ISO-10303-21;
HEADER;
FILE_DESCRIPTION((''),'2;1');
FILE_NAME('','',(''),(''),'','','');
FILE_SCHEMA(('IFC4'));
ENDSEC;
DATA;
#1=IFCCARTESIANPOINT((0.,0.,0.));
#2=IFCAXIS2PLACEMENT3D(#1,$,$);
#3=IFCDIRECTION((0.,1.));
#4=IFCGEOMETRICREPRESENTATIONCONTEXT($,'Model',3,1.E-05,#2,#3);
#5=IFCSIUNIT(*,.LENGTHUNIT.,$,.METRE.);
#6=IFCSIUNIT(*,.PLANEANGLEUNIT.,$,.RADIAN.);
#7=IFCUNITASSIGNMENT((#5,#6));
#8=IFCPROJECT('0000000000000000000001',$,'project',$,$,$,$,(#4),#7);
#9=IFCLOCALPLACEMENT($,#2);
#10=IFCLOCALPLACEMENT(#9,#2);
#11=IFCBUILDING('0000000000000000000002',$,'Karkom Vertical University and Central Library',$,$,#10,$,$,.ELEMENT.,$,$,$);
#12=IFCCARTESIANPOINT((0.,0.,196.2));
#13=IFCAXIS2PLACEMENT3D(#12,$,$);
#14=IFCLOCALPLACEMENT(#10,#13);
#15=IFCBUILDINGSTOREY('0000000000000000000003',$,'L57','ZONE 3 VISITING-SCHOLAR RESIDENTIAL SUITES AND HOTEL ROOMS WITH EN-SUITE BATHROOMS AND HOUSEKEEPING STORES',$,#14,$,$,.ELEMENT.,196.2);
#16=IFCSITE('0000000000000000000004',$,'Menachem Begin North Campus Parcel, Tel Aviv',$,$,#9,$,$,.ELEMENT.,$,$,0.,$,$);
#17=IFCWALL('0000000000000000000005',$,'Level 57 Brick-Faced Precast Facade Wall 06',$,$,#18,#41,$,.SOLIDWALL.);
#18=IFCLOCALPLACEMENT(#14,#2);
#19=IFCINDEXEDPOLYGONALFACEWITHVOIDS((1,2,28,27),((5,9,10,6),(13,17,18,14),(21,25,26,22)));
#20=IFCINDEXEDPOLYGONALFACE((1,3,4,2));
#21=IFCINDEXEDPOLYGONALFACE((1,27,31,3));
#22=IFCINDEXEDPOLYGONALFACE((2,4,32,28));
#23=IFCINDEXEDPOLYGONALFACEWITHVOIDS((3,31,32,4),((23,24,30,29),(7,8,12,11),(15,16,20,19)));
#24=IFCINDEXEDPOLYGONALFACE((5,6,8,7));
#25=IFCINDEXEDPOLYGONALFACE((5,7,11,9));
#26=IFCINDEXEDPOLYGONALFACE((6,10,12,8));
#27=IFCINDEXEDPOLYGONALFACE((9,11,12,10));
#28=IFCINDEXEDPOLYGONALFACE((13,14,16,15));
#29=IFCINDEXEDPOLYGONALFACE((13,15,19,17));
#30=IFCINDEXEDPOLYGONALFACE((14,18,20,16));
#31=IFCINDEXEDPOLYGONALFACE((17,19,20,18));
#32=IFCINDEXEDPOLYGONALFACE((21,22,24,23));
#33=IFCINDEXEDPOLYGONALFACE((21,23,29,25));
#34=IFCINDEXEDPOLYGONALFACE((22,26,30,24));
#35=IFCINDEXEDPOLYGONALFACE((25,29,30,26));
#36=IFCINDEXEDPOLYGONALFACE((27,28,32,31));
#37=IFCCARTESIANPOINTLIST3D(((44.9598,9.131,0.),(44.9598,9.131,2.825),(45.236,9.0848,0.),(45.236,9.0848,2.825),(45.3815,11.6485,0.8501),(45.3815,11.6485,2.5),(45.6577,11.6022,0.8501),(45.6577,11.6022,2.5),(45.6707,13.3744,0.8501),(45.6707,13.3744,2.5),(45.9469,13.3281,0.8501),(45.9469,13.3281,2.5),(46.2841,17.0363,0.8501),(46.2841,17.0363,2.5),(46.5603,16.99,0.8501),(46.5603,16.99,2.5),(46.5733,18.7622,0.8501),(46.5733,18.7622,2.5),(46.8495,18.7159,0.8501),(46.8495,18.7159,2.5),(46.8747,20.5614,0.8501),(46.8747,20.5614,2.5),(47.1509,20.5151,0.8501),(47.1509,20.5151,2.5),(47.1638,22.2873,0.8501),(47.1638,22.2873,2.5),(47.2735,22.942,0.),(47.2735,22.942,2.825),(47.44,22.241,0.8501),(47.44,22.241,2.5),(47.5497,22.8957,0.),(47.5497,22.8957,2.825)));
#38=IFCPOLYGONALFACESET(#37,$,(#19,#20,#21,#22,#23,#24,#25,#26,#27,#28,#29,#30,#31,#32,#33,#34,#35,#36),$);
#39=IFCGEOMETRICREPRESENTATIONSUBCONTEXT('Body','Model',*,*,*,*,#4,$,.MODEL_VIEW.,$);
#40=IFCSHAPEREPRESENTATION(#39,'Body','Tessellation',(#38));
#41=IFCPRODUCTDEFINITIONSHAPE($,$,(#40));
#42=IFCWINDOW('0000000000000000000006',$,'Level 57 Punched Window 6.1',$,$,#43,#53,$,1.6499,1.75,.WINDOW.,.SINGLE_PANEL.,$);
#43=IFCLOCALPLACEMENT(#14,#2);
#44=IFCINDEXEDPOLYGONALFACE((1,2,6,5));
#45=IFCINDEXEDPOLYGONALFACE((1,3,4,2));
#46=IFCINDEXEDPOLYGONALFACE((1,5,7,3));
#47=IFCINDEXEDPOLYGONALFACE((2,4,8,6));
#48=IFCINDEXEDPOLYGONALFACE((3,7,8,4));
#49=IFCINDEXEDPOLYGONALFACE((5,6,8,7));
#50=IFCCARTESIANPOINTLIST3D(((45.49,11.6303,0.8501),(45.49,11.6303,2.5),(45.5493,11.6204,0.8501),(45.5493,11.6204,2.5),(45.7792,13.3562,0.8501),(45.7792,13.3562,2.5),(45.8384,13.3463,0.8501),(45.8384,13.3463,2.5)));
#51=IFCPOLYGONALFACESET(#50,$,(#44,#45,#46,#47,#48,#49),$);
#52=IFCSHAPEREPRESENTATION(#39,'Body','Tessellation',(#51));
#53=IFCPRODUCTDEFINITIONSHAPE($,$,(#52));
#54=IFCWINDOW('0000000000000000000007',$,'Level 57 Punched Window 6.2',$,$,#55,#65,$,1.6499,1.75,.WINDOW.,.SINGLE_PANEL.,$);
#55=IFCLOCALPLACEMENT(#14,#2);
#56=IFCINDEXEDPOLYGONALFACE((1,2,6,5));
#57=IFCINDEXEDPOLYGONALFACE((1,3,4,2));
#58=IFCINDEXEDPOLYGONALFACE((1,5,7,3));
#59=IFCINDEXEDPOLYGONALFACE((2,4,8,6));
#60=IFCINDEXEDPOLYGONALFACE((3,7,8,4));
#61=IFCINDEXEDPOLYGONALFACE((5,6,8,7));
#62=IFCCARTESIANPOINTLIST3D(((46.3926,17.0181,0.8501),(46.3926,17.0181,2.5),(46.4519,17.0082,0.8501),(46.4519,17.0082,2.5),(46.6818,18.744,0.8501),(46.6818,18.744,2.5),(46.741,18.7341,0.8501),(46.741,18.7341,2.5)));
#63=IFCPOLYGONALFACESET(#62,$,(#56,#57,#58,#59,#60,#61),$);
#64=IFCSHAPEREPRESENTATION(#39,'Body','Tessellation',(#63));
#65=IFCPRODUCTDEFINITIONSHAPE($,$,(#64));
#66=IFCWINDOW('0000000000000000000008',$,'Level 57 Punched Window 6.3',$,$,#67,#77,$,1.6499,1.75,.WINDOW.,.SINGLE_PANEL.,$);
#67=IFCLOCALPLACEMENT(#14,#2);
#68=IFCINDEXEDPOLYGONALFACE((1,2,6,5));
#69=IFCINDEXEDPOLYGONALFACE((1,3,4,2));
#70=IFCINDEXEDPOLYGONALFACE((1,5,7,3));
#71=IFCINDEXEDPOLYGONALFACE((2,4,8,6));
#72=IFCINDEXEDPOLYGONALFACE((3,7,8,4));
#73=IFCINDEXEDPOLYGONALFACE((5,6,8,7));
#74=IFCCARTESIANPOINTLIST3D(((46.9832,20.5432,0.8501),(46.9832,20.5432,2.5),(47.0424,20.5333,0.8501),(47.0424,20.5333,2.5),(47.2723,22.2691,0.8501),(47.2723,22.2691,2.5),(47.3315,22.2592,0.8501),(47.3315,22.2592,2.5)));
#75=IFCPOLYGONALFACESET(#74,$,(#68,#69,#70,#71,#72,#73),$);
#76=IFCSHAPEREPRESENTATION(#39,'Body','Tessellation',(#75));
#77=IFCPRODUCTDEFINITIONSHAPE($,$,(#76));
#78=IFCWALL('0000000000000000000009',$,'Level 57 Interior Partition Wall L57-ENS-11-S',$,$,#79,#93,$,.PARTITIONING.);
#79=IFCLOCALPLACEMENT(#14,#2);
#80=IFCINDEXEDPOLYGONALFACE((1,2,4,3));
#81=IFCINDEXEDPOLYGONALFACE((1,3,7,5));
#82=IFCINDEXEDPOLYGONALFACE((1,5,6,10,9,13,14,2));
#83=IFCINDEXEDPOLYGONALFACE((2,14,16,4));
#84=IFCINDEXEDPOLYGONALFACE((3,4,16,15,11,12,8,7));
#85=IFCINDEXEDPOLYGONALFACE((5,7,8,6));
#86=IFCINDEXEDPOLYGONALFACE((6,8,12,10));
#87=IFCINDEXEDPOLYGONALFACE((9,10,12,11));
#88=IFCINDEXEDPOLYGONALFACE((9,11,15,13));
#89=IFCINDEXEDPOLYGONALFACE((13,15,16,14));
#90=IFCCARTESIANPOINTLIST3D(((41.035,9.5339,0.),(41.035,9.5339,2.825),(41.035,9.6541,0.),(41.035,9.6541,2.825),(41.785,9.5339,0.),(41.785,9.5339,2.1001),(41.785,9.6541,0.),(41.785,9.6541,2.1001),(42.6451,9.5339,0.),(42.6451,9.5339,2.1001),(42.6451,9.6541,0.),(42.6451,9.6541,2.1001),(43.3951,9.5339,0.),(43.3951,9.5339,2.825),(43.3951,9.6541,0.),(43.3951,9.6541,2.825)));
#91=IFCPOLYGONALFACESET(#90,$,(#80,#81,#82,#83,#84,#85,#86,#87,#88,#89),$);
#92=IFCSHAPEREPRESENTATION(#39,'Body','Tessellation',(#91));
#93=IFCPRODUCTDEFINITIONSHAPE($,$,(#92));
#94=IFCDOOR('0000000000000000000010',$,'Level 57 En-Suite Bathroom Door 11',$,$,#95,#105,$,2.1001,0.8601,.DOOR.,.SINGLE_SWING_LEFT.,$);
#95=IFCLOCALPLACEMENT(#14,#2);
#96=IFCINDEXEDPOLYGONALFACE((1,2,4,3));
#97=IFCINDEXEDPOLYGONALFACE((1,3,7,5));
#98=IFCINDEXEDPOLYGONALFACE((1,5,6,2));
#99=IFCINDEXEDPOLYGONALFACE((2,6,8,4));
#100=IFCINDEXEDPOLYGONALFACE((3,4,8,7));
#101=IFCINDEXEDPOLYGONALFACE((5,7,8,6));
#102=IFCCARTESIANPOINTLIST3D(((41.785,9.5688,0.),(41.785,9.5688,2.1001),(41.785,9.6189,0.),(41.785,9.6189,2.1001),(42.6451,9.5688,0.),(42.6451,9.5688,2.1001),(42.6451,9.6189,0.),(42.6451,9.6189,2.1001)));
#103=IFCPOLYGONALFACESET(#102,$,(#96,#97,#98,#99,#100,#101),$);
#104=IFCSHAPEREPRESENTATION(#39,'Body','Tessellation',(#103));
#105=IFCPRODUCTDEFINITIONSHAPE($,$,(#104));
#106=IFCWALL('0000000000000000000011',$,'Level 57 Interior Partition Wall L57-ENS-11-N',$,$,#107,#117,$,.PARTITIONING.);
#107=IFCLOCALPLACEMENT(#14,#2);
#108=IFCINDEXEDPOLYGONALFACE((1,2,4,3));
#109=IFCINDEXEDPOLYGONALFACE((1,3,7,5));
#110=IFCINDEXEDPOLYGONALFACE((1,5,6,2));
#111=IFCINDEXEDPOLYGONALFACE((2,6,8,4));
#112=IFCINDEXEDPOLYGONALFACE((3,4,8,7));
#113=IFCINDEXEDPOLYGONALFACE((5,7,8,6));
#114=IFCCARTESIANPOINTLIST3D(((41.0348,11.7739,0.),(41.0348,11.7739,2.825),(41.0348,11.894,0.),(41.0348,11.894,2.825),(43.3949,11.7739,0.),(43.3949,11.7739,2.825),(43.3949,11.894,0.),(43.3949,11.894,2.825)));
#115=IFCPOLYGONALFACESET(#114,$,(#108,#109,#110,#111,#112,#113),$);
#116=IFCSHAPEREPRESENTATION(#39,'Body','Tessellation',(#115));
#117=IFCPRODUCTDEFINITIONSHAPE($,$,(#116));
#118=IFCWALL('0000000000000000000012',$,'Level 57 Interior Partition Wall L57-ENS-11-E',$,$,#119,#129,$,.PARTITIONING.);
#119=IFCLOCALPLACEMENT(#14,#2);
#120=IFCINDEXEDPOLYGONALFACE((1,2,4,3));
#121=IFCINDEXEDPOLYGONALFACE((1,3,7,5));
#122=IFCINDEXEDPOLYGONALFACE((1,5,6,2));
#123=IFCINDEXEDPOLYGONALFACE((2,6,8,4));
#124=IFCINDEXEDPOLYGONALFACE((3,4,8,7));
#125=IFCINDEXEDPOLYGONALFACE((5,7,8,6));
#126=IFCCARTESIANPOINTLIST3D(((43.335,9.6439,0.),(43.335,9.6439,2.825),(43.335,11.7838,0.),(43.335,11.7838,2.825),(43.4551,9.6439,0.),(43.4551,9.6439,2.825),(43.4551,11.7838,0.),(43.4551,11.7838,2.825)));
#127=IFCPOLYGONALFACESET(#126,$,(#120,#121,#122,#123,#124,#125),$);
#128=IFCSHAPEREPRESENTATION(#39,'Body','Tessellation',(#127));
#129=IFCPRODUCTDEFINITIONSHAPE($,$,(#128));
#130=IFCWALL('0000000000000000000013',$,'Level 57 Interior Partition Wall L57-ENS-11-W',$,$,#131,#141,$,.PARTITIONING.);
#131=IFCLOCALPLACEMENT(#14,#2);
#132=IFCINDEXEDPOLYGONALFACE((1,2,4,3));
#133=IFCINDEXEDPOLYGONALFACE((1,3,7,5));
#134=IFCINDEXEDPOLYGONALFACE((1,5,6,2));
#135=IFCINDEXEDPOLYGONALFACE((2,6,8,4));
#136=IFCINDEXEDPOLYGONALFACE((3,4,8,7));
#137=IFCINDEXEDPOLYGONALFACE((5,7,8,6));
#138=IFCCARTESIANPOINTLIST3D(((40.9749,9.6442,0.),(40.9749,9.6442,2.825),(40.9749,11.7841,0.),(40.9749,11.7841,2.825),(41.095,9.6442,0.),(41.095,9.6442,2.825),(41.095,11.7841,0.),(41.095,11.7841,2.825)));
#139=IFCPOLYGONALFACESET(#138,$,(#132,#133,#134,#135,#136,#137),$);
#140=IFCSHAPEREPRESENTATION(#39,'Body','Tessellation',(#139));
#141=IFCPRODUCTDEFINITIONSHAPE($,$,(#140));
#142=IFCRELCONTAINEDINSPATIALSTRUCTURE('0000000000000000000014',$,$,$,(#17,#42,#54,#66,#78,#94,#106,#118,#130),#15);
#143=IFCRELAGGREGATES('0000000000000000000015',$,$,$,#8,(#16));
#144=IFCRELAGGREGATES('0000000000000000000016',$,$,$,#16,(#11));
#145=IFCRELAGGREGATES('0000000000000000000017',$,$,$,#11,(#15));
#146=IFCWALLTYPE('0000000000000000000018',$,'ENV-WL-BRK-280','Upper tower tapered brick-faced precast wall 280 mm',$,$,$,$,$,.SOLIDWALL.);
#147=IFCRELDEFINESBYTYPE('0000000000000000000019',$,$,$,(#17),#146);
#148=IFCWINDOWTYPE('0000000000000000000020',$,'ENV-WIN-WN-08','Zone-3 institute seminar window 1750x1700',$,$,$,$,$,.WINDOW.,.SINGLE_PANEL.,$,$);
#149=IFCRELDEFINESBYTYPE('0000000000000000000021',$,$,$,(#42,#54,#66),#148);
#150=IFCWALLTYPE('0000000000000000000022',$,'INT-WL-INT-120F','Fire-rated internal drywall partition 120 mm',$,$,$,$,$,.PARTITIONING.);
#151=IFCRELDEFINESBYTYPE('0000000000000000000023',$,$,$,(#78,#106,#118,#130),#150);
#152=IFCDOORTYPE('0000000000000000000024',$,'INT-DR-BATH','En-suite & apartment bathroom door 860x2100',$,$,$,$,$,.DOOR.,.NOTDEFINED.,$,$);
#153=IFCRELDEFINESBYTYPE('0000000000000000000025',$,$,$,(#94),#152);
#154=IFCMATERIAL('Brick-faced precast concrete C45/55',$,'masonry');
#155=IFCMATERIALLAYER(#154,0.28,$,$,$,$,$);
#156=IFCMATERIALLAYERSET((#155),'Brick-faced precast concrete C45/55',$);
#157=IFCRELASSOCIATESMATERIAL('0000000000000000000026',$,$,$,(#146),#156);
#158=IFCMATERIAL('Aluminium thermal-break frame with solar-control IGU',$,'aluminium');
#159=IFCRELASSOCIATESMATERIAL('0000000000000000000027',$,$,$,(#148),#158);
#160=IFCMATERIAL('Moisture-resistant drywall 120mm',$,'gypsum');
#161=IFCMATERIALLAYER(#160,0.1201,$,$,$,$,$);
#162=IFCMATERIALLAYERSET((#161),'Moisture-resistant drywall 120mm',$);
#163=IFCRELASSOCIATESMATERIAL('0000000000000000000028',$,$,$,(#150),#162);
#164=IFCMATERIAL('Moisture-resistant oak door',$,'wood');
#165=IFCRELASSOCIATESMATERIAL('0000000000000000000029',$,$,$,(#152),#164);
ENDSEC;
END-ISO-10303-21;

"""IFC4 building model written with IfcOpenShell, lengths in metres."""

from ifc_helpers import new_model, si_unit, direction, frame, frame_2d, origin, origin_with_axes, place, context, subcontext, project, spatial, rectangle, extrude, source, transform, mapped, material, layer, layer_set, type_object, element, fill, save


model = new_model("IFC4")

# Units and contexts
model_context = context("Model", 3, precision=1e-05, world=origin(), true_north=direction((0.0, 1.0)))
body_context = subcontext(model_context, "Body", "Model", "MODEL_VIEW")
ifc_project = project(units=[si_unit("LENGTHUNIT", "METRE"), si_unit("PLANEANGLEUNIT", "RADIAN")], contexts=[model_context])

# Site, building, storey
site_placement = place(None, origin())
site = spatial("IfcSite", under=ifc_project, at=site_placement, Name="Menachem Begin North Campus Parcel, Tel Aviv", CompositionType="ELEMENT", RefElevation=0.0)
building_placement = place(site_placement, origin())
building = spatial("IfcBuilding", under=site, at=building_placement, Name="Karkom Vertical University and Central Library", CompositionType="ELEMENT")
storey_placement = place(building_placement, frame((0.0, 0.0, 196.2)))
storey = spatial("IfcBuildingStorey", under=building, at=storey_placement, Name="L57", Description="ZONE 3 VISITING-SCHOLAR RESIDENTIAL SUITES AND HOTEL ROOMS WITH EN-SUITE BATHROOMS AND HOUSEKEEPING STORES", CompositionType="ELEMENT", Elevation=196.2)

# Wall, openings, windows
ifc_material_1 = material(Name="Brick-faced precast concrete C45/55", Category="masonry")
ifc_layer_1 = layer(ifc_material_1, 0.28)
ifc_layer_set_1 = layer_set([ifc_layer_1], Name="Brick-faced precast concrete C45/55")
wall_type_1 = type_object("IfcWallType", Name="ENV-WL-BRK-280", Description="Upper tower tapered brick-faced precast wall 280 mm", PredefinedType="SOLIDWALL", material=ifc_layer_set_1)
wall_1_placement = place(storey_placement, frame((45.0979, 9.1079, 0.0), z_axis=(0.0, 0.0, 1.0), x_axis=(0.165224, 0.986256, 0.0)))
wall_1 = element("IfcWall", 1, at=wall_1_placement, inside=storey, type_object=wall_type_1, Name="Level 57 Brick-Faced Precast Facade Wall 06", PredefinedType="SOLIDWALL", context=body_context, shape_type="SweptSolid", body=[
    extrude(rectangle(XDim=14.0034, YDim=0.28, at=frame_2d((7.0017, 0.0))), origin(), (0.0, 0.0, 1.0), 2.825),
])
opening_1_placement = place(wall_1_placement, frame((2.5525, 0.0, 0.8501)))
opening_1 = element("IfcOpeningElement", 2, at=opening_1_placement, cuts=wall_1, PredefinedType="OPENING", context=body_context, shape_type="SweptSolid", body=[
    extrude(rectangle(XDim=1.75, YDim=1.6499, at=frame_2d((0.875, 0.825))), frame((0.0, 0.1499, 0.0), z_axis=(0.0, -1.0, 0.0), x_axis=(1.0, 0.0, 0.0)), (0.0, 0.0, 1.0), 0.3),
])
opening_2_placement = place(wall_1_placement, frame((8.0154, 0.0, 0.8501)))
opening_2 = element("IfcOpeningElement", 3, at=opening_2_placement, cuts=wall_1, PredefinedType="OPENING", context=body_context, shape_type="SweptSolid", body=[
    extrude(rectangle(XDim=1.75, YDim=1.6499, at=frame_2d((0.875, 0.825))), frame((0.0, 0.1499, 0.0), z_axis=(0.0, -1.0, 0.0), x_axis=(1.0, 0.0, 0.0)), (0.0, 0.0, 1.0), 0.3),
])
opening_3_placement = place(wall_1_placement, frame((11.5896, 0.0, 0.8501)))
opening_3 = element("IfcOpeningElement", 4, at=opening_3_placement, cuts=wall_1, PredefinedType="OPENING", context=body_context, shape_type="SweptSolid", body=[
    extrude(rectangle(XDim=1.75, YDim=1.6499, at=frame_2d((0.875, 0.825))), frame((0.0, 0.1499, 0.0), z_axis=(0.0, -1.0, 0.0), x_axis=(1.0, 0.0, 0.0)), (0.0, 0.0, 1.0), 0.3),
])
ifc_material_2 = material(Name="Aluminium thermal-break frame with solar-control IGU", Category="aluminium")
window_type = type_object("IfcWindowType", Name="ENV-WIN-WN-08", Description="Zone-3 institute seminar window 1750x1700", PartitioningType="SINGLE_PANEL", PredefinedType="WINDOW", material=ifc_material_2)
shared_shape_1 = source(origin_with_axes(), body_context, "Body", "SweptSolid", [
    extrude(rectangle(XDim=1.75, YDim=1.6499, at=frame_2d((0.875, 0.825))), frame((0.0, 0.03, 0.0), z_axis=(0.0, -1.0, 0.0), x_axis=(1.0, 0.0, 0.0)), (0.0, 0.0, 1.0), 0.0601),
])
window_1_placement = place(opening_1_placement, origin())
window_1 = element("IfcWindow", 5, at=window_1_placement, inside=storey, type_object=window_type, Name="Level 57 Punched Window 6.1", OverallHeight=1.6499, OverallWidth=1.75, PartitioningType="SINGLE_PANEL", PredefinedType="WINDOW", context=body_context, shape_type="MappedRepresentation", body=[
    mapped(shared_shape_1, transform((0.0, 0.0, 0.0), scale=1.0)),
])
fill(opening_1, window_1)
window_2_placement = place(opening_2_placement, origin())
window_2 = element("IfcWindow", 6, at=window_2_placement, inside=storey, type_object=window_type, Name="Level 57 Punched Window 6.2", OverallHeight=1.6499, OverallWidth=1.75, PartitioningType="SINGLE_PANEL", PredefinedType="WINDOW", context=body_context, shape_type="MappedRepresentation", body=[
    mapped(shared_shape_1, transform((0.0, 0.0, 0.0), scale=1.0)),
])
fill(opening_2, window_2)
window_3_placement = place(opening_3_placement, origin())
window_3 = element("IfcWindow", 7, at=window_3_placement, inside=storey, type_object=window_type, Name="Level 57 Punched Window 6.3", OverallHeight=1.6499, OverallWidth=1.75, PartitioningType="SINGLE_PANEL", PredefinedType="WINDOW", context=body_context, shape_type="MappedRepresentation", body=[
    mapped(shared_shape_1, transform((0.0, 0.0, 0.0), scale=1.0)),
])
fill(opening_3, window_3)

# Shared definitions
shared_shape_2 = source(origin_with_axes(), body_context, "Body", "SweptSolid", [
    extrude(rectangle(XDim=0.8601, YDim=2.1001, at=frame_2d((0.4302, 1.05))), frame((0.0, 0.0249, 0.0), z_axis=(0.0, -1.0, 0.0), x_axis=(1.0, 0.0, 0.0)), (0.0, 0.0, 1.0), 0.05),
])

# Wall, opening, door
ifc_material_3 = material(Name="Moisture-resistant drywall 120mm", Category="gypsum")
ifc_layer_2 = layer(ifc_material_3, 0.1201)
ifc_layer_set_2 = layer_set([ifc_layer_2], Name="Moisture-resistant drywall 120mm")
wall_type_2 = type_object("IfcWallType", Name="INT-WL-INT-120F", Description="Fire-rated internal drywall partition 120 mm", PredefinedType="PARTITIONING", material=ifc_layer_set_2)
wall_2_placement = place(storey_placement, frame((41.0349, 9.594, 0.0), z_axis=(0.0, 0.0, 1.0), x_axis=(1.0, 0.0, 0.0)))
wall_2 = element("IfcWall", 8, at=wall_2_placement, inside=storey, type_object=wall_type_2, Name="Level 57 Interior Partition Wall L57-ENS-11-S", PredefinedType="PARTITIONING", context=body_context, shape_type="SweptSolid", body=[
    extrude(rectangle(XDim=2.3601, YDim=0.1201, at=frame_2d((1.1802, 0.0))), origin(), (0.0, 0.0, 1.0), 2.825),
])
opening_4_placement = place(wall_2_placement, frame((0.75, 0.0, 0.0)))
opening_4 = element("IfcOpeningElement", 9, at=opening_4_placement, cuts=wall_2, PredefinedType="OPENING", context=body_context, shape_type="SweptSolid", body=[
    extrude(rectangle(XDim=0.8601, YDim=2.1001, at=frame_2d((0.4302, 1.05))), frame((0.0, 0.0701, 0.0), z_axis=(0.0, -1.0, 0.0), x_axis=(1.0, 0.0, 0.0)), (0.0, 0.0, 1.0), 0.1401),
])
ifc_material_4 = material(Name="Moisture-resistant oak door", Category="wood")
door_type_1 = type_object("IfcDoorType", Name="INT-DR-BATH", Description="En-suite & apartment bathroom door 860x2100", OperationType="NOTDEFINED", PredefinedType="DOOR", material=ifc_material_4)
door_1_placement = place(opening_4_placement, origin())
door_1 = element("IfcDoor", 10, at=door_1_placement, inside=storey, type_object=door_type_1, Name="Level 57 En-Suite Bathroom Door 11", OperationType="SINGLE_SWING_LEFT", OverallHeight=2.1001, OverallWidth=0.8601, PredefinedType="DOOR", context=body_context, shape_type="MappedRepresentation", body=[
    mapped(shared_shape_2, transform((0.0, 0.0, 0.0), scale=1.0)),
])
fill(opening_4, door_1)

# Walls
wall_3_placement = place(storey_placement, frame((43.395, 11.834, 0.0), z_axis=(0.0, 0.0, 1.0), x_axis=(-1.0, 0.0, 0.0)))
element("IfcWall", 11, at=wall_3_placement, inside=storey, type_object=wall_type_2, Name="Level 57 Interior Partition Wall L57-ENS-11-N", PredefinedType="PARTITIONING", context=body_context, shape_type="SweptSolid", body=[
    extrude(rectangle(XDim=2.3601, YDim=0.1201, at=frame_2d((1.1802, 0.0))), origin(), (0.0, 0.0, 1.0), 2.825),
])
for number, where, z_axis, x_axis, name in (
    (12, (43.395, 9.644, 0.0), (0.0, 0.0, 1.0), (0.0, 1.0, 0.0), "Level 57 Interior Partition Wall L57-ENS-11-E"),
    (13, (41.0349, 11.7839, 0.0), (0.0, 0.0, 1.0), (0.0, -1.0, 0.0), "Level 57 Interior Partition Wall L57-ENS-11-W"),
):
    element("IfcWall", number, at=place(storey_placement, frame(where, z_axis=z_axis, x_axis=x_axis)), inside=storey, type_object=wall_type_2, Name=name, PredefinedType="PARTITIONING", context=body_context, shape_type="SweptSolid", body=[
        extrude(rectangle(XDim=2.1399, YDim=0.1201, at=frame_2d((1.0698, 0.0))), origin(), (0.0, 0.0, 1.0), 2.825),
    ])

save(model, "model.ifc")
